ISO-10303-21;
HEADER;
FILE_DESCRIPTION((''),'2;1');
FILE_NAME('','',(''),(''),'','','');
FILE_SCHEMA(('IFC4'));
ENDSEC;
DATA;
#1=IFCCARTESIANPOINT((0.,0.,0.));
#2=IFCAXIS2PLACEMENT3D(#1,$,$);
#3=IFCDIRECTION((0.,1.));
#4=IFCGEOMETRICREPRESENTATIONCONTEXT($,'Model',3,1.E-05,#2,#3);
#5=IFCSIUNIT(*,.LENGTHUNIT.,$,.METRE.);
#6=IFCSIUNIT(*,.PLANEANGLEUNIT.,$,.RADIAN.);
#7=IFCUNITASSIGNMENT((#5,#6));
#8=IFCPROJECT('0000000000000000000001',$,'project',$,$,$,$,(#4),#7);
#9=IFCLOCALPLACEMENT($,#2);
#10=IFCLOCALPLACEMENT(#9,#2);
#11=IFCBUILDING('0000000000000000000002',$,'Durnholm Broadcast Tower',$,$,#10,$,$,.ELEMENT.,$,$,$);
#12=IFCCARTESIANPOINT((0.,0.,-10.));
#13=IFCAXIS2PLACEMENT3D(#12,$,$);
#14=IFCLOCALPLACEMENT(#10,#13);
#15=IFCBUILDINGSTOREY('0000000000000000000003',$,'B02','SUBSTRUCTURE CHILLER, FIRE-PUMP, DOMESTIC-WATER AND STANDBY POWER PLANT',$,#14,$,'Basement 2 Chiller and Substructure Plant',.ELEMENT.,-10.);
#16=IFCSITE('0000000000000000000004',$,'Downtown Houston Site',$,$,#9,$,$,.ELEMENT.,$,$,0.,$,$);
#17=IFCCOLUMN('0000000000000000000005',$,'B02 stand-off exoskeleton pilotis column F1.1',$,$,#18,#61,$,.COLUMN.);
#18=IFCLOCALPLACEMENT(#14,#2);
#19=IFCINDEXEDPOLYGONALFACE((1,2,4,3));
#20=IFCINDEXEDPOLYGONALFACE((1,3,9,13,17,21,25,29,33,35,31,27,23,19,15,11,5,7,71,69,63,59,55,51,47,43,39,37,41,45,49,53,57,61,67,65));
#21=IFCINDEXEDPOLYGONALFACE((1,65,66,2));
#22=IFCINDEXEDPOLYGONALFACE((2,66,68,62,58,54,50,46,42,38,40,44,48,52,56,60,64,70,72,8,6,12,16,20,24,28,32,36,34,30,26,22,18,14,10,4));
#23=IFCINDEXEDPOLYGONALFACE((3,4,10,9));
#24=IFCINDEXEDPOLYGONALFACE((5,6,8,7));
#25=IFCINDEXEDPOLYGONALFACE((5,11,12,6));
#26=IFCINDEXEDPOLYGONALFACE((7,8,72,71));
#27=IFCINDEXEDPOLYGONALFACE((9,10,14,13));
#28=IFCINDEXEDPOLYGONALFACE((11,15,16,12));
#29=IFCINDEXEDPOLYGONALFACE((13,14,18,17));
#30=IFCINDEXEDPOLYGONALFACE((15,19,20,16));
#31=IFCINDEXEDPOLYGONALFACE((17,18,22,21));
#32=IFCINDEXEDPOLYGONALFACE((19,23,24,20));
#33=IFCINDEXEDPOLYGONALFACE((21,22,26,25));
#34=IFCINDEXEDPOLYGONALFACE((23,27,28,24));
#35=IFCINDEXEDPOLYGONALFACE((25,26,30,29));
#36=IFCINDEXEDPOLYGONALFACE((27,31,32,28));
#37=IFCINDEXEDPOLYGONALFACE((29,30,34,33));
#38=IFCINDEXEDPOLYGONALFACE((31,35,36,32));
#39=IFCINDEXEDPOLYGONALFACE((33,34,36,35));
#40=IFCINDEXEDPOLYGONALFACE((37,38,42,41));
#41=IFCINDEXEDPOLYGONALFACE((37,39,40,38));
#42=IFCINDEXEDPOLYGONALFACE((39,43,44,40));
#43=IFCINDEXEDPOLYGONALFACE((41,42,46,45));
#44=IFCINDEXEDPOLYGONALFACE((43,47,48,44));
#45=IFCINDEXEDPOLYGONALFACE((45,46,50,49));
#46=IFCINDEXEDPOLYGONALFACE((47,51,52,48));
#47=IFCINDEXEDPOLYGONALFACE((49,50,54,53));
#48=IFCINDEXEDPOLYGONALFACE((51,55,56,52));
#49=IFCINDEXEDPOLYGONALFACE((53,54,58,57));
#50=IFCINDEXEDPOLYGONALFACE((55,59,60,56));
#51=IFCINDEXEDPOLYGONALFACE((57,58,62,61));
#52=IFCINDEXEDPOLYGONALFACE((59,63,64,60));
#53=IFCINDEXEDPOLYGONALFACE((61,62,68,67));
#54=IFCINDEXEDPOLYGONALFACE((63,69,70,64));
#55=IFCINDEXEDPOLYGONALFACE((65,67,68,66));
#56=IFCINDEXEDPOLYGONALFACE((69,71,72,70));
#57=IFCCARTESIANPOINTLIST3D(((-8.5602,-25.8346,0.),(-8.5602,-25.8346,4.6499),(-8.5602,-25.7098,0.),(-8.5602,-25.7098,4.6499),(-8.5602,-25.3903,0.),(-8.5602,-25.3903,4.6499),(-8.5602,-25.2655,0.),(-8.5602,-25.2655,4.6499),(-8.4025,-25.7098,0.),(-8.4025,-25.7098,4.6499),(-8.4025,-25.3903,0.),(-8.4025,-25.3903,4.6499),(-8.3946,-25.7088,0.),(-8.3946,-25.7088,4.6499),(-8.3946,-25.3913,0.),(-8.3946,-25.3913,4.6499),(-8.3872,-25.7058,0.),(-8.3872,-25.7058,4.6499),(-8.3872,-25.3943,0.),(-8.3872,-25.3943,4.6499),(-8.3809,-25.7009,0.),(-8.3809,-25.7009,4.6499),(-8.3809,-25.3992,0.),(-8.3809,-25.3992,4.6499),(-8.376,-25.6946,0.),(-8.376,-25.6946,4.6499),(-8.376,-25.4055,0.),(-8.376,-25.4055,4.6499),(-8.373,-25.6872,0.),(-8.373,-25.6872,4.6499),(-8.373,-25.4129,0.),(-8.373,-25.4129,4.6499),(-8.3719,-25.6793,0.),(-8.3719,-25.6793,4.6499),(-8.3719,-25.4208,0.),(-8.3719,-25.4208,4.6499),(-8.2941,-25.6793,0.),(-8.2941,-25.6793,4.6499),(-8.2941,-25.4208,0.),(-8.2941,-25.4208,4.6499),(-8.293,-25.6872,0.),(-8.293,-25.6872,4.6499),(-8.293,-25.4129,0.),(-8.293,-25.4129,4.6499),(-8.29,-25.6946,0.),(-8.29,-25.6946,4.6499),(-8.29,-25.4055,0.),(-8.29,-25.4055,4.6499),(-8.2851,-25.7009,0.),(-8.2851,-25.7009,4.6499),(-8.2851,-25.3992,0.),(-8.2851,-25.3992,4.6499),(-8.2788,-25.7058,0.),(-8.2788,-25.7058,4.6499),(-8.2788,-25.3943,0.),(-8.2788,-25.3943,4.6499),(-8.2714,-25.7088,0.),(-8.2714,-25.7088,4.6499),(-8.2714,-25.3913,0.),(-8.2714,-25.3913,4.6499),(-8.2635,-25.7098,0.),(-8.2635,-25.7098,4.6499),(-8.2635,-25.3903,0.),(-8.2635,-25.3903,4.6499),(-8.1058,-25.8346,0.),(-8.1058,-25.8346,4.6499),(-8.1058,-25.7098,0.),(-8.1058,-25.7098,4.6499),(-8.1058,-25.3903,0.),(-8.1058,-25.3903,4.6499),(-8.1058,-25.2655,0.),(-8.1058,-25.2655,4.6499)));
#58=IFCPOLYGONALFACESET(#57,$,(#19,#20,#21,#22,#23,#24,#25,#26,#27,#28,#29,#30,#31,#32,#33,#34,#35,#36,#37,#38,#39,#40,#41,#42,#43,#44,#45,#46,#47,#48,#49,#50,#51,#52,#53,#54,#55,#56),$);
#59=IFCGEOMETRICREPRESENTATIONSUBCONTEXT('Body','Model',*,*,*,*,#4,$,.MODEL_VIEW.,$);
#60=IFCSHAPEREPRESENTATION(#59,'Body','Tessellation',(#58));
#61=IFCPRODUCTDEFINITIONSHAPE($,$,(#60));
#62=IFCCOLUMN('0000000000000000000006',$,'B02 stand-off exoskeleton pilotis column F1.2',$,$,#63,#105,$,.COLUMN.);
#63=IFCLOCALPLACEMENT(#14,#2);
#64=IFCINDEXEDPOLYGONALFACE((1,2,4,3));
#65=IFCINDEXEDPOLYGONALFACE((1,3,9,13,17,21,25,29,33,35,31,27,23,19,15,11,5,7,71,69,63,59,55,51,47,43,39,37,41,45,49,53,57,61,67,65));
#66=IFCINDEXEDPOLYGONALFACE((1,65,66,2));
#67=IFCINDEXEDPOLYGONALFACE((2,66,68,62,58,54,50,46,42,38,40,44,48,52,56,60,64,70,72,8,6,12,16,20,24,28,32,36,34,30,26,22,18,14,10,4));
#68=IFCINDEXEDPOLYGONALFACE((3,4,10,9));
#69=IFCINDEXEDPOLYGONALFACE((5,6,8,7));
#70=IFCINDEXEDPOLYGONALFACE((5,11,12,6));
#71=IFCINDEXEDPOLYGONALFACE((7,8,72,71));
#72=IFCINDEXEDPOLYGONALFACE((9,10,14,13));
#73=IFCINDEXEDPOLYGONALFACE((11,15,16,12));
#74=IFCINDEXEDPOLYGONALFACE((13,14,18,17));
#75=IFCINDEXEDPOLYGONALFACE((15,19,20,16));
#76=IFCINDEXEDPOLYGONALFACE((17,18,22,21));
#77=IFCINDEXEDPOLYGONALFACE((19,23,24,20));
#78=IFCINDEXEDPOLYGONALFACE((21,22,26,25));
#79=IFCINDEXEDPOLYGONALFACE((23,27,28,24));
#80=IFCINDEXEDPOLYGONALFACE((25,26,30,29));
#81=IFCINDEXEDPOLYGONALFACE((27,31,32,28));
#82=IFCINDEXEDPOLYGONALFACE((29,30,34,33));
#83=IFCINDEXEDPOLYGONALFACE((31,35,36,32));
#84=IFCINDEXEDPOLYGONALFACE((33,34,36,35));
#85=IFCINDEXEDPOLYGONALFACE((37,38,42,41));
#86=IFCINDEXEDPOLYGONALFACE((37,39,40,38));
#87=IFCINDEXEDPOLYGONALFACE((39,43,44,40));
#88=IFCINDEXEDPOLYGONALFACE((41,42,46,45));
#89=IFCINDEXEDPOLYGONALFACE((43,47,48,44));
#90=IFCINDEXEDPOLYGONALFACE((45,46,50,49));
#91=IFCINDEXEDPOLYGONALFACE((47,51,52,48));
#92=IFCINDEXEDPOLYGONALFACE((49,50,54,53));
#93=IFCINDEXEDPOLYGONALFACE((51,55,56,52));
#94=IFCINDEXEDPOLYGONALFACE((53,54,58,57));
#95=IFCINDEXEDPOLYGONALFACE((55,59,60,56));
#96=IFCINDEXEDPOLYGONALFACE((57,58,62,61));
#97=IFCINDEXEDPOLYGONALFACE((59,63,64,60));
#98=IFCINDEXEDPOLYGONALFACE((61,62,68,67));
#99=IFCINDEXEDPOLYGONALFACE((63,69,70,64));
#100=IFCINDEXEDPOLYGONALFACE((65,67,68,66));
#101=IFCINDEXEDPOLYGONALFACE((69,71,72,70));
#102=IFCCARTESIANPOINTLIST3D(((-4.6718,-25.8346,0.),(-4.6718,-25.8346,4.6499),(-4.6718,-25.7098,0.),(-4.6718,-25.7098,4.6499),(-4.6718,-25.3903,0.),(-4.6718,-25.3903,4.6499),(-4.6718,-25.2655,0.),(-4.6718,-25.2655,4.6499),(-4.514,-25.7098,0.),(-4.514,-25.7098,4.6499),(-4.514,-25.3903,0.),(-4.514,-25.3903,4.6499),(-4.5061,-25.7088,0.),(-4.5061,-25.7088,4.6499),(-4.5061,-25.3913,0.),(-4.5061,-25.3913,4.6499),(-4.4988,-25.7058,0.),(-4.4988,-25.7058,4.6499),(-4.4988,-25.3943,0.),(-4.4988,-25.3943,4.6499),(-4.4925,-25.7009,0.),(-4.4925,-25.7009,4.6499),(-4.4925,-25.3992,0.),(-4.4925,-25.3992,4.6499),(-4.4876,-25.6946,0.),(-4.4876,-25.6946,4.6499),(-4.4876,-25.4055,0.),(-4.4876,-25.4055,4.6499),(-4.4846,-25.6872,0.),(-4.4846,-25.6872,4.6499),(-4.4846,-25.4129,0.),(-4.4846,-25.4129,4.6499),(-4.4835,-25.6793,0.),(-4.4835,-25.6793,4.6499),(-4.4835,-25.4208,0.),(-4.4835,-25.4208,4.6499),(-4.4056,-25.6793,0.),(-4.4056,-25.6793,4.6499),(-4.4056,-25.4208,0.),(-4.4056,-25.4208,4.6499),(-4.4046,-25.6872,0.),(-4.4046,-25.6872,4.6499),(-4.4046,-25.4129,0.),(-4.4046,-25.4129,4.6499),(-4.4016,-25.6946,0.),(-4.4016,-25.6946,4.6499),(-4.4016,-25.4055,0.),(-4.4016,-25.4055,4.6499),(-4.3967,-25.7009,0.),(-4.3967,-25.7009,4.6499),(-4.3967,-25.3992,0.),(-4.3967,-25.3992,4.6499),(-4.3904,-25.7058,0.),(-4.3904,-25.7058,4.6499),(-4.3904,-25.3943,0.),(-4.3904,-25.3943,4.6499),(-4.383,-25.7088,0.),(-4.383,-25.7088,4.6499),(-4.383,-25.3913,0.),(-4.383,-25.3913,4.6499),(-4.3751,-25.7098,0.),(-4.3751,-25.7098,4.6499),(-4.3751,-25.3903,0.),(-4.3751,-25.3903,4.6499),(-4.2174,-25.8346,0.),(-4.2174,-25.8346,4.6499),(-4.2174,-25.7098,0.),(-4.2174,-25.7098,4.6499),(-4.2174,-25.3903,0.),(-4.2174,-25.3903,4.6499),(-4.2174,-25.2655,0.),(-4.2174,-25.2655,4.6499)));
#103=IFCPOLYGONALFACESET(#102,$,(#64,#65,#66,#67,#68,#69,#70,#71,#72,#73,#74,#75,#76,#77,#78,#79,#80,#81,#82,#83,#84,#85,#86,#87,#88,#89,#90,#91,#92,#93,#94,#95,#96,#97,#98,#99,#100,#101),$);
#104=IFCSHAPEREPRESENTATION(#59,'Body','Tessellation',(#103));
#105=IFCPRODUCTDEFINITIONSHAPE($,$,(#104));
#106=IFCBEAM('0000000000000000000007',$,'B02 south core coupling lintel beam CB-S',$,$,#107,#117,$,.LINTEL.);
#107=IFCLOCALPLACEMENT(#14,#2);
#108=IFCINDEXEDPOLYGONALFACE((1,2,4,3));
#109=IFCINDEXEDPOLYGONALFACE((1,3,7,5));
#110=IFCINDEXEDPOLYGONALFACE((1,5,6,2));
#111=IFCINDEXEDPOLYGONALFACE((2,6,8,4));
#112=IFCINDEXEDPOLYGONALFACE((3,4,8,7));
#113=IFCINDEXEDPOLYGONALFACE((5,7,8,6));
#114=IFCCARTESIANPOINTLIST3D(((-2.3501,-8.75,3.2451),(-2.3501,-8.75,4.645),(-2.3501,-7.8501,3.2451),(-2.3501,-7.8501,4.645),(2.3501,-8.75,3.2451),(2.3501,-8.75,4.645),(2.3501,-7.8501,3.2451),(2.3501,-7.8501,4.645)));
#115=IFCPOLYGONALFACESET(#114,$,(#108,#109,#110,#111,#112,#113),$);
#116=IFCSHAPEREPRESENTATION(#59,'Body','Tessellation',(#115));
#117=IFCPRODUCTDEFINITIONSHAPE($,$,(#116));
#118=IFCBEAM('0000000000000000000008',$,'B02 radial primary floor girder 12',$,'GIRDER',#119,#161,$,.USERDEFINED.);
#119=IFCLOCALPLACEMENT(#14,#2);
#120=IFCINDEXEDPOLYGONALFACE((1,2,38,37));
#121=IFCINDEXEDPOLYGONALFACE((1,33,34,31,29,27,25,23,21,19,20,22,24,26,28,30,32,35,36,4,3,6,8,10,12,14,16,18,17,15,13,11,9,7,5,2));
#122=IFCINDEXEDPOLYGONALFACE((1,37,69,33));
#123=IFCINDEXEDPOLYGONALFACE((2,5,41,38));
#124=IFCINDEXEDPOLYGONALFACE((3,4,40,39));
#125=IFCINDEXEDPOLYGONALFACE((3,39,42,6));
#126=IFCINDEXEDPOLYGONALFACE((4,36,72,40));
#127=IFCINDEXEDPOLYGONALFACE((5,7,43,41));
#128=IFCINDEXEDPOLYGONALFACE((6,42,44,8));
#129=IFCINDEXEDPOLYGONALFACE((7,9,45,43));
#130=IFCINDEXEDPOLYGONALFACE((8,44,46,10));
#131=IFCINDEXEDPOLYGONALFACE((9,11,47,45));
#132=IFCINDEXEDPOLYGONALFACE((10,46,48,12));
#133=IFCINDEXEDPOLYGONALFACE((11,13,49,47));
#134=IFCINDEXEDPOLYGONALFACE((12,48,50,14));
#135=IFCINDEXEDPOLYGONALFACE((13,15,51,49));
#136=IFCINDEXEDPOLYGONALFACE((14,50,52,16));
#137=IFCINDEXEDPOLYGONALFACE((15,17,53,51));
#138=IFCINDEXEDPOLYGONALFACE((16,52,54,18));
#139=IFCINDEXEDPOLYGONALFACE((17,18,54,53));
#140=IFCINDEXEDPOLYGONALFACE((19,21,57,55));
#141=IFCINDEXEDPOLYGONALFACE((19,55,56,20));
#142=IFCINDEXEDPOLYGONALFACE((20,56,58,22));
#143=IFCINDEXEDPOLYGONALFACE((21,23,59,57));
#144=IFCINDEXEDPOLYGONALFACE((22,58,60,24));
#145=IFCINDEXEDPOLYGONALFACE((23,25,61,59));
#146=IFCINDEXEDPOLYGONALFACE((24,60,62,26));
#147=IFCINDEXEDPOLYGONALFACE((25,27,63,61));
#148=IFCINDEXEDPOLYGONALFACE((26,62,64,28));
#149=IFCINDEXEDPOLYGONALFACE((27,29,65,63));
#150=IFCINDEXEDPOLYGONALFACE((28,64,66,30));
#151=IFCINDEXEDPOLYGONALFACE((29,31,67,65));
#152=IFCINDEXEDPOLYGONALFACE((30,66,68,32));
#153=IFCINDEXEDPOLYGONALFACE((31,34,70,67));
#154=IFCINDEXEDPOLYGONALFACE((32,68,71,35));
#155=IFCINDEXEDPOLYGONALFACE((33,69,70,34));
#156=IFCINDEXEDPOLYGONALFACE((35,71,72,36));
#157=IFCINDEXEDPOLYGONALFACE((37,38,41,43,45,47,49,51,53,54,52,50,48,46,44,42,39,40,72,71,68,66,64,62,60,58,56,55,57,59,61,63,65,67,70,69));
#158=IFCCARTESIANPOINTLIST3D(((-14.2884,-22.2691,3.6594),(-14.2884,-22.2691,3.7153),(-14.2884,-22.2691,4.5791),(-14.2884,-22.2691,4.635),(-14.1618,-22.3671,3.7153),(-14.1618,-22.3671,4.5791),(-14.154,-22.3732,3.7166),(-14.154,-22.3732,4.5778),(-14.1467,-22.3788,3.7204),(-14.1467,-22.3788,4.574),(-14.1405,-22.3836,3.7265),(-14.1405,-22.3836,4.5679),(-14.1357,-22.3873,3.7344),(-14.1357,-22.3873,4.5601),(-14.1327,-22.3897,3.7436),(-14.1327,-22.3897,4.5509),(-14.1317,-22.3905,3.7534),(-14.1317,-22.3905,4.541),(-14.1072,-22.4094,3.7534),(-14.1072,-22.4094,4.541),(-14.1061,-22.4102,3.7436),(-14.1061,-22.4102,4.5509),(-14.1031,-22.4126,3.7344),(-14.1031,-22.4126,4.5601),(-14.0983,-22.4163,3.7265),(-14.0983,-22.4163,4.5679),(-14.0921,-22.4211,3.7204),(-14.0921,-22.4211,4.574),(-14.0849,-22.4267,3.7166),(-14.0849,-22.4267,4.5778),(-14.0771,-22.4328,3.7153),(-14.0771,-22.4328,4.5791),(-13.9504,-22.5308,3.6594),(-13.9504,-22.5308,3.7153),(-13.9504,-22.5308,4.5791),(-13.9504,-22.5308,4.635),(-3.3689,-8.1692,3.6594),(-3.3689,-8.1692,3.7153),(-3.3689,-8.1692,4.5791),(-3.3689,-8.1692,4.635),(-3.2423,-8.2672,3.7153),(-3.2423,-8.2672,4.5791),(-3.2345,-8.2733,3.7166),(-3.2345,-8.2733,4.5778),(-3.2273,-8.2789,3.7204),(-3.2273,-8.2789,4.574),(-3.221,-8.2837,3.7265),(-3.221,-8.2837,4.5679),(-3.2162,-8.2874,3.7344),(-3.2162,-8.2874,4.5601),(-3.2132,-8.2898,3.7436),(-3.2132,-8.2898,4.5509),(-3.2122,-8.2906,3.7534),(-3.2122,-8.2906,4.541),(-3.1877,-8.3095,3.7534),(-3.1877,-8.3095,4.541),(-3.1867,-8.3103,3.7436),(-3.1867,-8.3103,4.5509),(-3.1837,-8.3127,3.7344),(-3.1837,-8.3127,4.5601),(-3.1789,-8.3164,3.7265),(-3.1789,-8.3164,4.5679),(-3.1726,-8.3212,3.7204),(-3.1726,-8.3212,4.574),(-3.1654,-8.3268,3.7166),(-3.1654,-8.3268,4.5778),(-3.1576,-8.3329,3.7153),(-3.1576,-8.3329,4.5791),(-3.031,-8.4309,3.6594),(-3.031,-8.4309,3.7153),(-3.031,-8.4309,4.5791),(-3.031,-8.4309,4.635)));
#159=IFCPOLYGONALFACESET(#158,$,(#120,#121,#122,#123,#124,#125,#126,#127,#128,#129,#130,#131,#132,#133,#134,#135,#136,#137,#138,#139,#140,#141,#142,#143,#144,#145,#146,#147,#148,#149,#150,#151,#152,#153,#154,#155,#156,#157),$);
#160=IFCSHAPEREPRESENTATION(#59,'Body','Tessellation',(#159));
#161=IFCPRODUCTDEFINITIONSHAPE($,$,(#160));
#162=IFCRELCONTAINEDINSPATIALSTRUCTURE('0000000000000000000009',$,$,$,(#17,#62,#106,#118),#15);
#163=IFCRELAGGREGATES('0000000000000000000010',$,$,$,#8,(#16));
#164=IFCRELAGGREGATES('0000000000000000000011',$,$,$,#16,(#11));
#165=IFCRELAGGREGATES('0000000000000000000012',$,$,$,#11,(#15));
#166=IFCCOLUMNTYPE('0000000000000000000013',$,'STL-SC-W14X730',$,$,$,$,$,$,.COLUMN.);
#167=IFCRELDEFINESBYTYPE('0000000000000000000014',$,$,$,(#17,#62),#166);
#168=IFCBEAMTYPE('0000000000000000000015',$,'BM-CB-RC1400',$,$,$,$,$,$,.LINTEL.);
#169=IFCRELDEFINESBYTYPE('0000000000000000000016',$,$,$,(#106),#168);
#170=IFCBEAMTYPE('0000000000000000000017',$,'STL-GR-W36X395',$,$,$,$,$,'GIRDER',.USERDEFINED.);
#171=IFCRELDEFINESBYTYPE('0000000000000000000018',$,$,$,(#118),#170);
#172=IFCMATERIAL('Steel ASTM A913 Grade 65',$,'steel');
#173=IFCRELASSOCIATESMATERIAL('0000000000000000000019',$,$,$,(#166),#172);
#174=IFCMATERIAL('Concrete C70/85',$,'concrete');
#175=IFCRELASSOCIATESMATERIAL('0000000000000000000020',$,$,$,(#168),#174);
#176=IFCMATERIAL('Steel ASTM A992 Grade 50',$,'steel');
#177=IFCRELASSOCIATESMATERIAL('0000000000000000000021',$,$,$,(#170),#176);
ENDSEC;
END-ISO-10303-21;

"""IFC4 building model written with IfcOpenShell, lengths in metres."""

from ifc_helpers import new_model, si_unit, direction, frame, origin, origin_2d, place, context, subcontext, project, spatial, rectangle, i_section, extrude, source, transform, mapped, material, material_profile, profile_set, type_object, type_shapes, element, save


model = new_model("IFC4")

# Units and contexts
model_context = context("Model", 3, precision=1e-05, world=origin(), true_north=direction((0.0, 1.0)))
body_context = subcontext(model_context, "Body", "Model", "MODEL_VIEW")
ifc_project = project(units=[si_unit("LENGTHUNIT", "METRE"), si_unit("PLANEANGLEUNIT", "RADIAN")], contexts=[model_context])

# Site, building, storey
site_placement = place(None, origin())
site = spatial("IfcSite", under=ifc_project, at=site_placement, Name="Downtown Houston Site", CompositionType="ELEMENT", RefElevation=0.0)
building_placement = place(site_placement, origin())
building = spatial("IfcBuilding", under=site, at=building_placement, Name="Durnholm Broadcast Tower", CompositionType="ELEMENT")
storey_placement = place(building_placement, frame((0.0, 0.0, -10.0)))
storey = spatial("IfcBuildingStorey", under=building, at=storey_placement, Name="B02", Description="SUBSTRUCTURE CHILLER, FIRE-PUMP, DOMESTIC-WATER AND STANDBY POWER PLANT", LongName="Basement 2 Chiller and Substructure Plant", CompositionType="ELEMENT", Elevation=-10.0)

# Columns
ifc_material_1 = material(Name="Concrete C70/85", Category="concrete")
ifc_material_2 = material(Name="Steel ASTM A913 Grade 65", Category="steel")
ifc_material_profile_1 = material_profile(ifc_material_2, i_section(OverallWidth=0.4543, OverallDepth=0.5691, WebThickness=0.0779, FlangeThickness=0.1248, FilletRadius=0.0305, at=origin_2d()), Name="W14X730")
ifc_profile_set_1 = profile_set([ifc_material_profile_1], Name="Steel ASTM A913 Grade 65")
column_type_1 = type_object("IfcColumnType", Name="STL-SC-W14X730", PredefinedType="COLUMN", material=ifc_profile_set_1)
shared_shape_1 = source(origin(), body_context, "Body", "SweptSolid", [
    extrude(i_section(OverallWidth=0.4543, OverallDepth=0.5691, WebThickness=0.0779, FlangeThickness=0.1248, FilletRadius=0.0305, at=origin_2d()), origin(), (0.0, 0.0, 1.0), 4.6499),
])
type_shapes(column_type_1, [shared_shape_1])
for number, where, z_axis, x_axis, name in (
    (1, (-8.333, -25.55, 0.0), (0.0, 0.0, 1.0), (1.0, 0.0, 0.0), "B02 stand-off exoskeleton pilotis column F1.1"),
    (2, (-4.4446, -25.55, 0.0), (0.0, 0.0, 1.0), (1.0, 0.0, 0.0), "B02 stand-off exoskeleton pilotis column F1.2"),
):
    element("IfcColumn", number, at=place(storey_placement, frame(where, z_axis=z_axis, x_axis=x_axis)), inside=storey, type_object=column_type_1, Name=name, PredefinedType="COLUMN", context=body_context, shape_type="MappedRepresentation", body=[
        mapped(shared_shape_1, transform((0.0, 0.0, 0.0), x_axis=(1.0, 0.0, 0.0), y_axis=(0.0, 1.0, 0.0), z_axis=(0.0, 0.0, 1.0), scale=1.0)),
    ])

# Beams
ifc_material_profile_2 = material_profile(ifc_material_1, rectangle(XDim=0.8999, YDim=1.3999, at=origin_2d()), Name="RC900X1400")
ifc_profile_set_2 = profile_set([ifc_material_profile_2], Name="Concrete C70/85")
beam_type_1 = type_object("IfcBeamType", Name="BM-CB-RC1400", PredefinedType="LINTEL", material=ifc_profile_set_2)
shared_shape_2 = source(origin(), body_context, "Body", "SweptSolid", [
    extrude(rectangle(XDim=0.8999, YDim=1.3999, at=origin_2d()), origin(), (0.0, 0.0, 1.0), 4.7002),
])
type_shapes(beam_type_1, [shared_shape_2])
beam_1_placement = place(storey_placement, frame((-2.3501, -8.3, 3.9451), z_axis=(1.0, 0.0, 0.0), x_axis=(0.0, 1.0, 0.0)))
element("IfcBeam", 3, at=beam_1_placement, inside=storey, type_object=beam_type_1, Name="B02 south core coupling lintel beam CB-S", PredefinedType="LINTEL", context=body_context, shape_type="MappedRepresentation", body=[
    mapped(shared_shape_2, transform((0.0, 0.0, 0.0), x_axis=(1.0, 0.0, 0.0), y_axis=(0.0, 1.0, 0.0), z_axis=(0.0, 0.0, 1.0), scale=1.0)),
])
ifc_material_3 = material(Name="Steel ASTM A992 Grade 50", Category="steel")
ifc_material_profile_3 = material_profile(ifc_material_3, i_section(OverallWidth=0.4275, OverallDepth=0.9756, WebThickness=0.031, FlangeThickness=0.0559, FilletRadius=0.0381, at=origin_2d()), Name="W36X395")
ifc_profile_set_3 = profile_set([ifc_material_profile_3], Name="Steel ASTM A992 Grade 50")
beam_type_2 = type_object("IfcBeamType", Name="STL-GR-W36X395", ElementType="GIRDER", PredefinedType="USERDEFINED", material=ifc_profile_set_3)
shared_shape_3 = source(origin(), body_context, "Body", "SweptSolid", [
    extrude(i_section(OverallWidth=0.4275, OverallDepth=0.9756, WebThickness=0.031, FlangeThickness=0.0559, FilletRadius=0.0381, at=origin_2d()), origin(), (0.0, 0.0, 1.0), 17.8337),
])
type_shapes(beam_type_2, [shared_shape_3])
beam_2_placement = place(storey_placement, frame((-3.2, -8.3, 4.1472), z_axis=(-0.612293, -0.790631, 0.0), x_axis=(0.790631, -0.612293, 0.0)))
element("IfcBeam", 4, at=beam_2_placement, inside=storey, type_object=beam_type_2, Name="B02 radial primary floor girder 12", ObjectType="GIRDER", PredefinedType="USERDEFINED", context=body_context, shape_type="MappedRepresentation", body=[
    mapped(shared_shape_3, transform((0.0, 0.0, 0.0), x_axis=(1.0, 0.0, 0.0), y_axis=(0.0, 1.0, 0.0), z_axis=(0.0, 0.0, 1.0), scale=1.0)),
])

save(model, "model.ifc")
